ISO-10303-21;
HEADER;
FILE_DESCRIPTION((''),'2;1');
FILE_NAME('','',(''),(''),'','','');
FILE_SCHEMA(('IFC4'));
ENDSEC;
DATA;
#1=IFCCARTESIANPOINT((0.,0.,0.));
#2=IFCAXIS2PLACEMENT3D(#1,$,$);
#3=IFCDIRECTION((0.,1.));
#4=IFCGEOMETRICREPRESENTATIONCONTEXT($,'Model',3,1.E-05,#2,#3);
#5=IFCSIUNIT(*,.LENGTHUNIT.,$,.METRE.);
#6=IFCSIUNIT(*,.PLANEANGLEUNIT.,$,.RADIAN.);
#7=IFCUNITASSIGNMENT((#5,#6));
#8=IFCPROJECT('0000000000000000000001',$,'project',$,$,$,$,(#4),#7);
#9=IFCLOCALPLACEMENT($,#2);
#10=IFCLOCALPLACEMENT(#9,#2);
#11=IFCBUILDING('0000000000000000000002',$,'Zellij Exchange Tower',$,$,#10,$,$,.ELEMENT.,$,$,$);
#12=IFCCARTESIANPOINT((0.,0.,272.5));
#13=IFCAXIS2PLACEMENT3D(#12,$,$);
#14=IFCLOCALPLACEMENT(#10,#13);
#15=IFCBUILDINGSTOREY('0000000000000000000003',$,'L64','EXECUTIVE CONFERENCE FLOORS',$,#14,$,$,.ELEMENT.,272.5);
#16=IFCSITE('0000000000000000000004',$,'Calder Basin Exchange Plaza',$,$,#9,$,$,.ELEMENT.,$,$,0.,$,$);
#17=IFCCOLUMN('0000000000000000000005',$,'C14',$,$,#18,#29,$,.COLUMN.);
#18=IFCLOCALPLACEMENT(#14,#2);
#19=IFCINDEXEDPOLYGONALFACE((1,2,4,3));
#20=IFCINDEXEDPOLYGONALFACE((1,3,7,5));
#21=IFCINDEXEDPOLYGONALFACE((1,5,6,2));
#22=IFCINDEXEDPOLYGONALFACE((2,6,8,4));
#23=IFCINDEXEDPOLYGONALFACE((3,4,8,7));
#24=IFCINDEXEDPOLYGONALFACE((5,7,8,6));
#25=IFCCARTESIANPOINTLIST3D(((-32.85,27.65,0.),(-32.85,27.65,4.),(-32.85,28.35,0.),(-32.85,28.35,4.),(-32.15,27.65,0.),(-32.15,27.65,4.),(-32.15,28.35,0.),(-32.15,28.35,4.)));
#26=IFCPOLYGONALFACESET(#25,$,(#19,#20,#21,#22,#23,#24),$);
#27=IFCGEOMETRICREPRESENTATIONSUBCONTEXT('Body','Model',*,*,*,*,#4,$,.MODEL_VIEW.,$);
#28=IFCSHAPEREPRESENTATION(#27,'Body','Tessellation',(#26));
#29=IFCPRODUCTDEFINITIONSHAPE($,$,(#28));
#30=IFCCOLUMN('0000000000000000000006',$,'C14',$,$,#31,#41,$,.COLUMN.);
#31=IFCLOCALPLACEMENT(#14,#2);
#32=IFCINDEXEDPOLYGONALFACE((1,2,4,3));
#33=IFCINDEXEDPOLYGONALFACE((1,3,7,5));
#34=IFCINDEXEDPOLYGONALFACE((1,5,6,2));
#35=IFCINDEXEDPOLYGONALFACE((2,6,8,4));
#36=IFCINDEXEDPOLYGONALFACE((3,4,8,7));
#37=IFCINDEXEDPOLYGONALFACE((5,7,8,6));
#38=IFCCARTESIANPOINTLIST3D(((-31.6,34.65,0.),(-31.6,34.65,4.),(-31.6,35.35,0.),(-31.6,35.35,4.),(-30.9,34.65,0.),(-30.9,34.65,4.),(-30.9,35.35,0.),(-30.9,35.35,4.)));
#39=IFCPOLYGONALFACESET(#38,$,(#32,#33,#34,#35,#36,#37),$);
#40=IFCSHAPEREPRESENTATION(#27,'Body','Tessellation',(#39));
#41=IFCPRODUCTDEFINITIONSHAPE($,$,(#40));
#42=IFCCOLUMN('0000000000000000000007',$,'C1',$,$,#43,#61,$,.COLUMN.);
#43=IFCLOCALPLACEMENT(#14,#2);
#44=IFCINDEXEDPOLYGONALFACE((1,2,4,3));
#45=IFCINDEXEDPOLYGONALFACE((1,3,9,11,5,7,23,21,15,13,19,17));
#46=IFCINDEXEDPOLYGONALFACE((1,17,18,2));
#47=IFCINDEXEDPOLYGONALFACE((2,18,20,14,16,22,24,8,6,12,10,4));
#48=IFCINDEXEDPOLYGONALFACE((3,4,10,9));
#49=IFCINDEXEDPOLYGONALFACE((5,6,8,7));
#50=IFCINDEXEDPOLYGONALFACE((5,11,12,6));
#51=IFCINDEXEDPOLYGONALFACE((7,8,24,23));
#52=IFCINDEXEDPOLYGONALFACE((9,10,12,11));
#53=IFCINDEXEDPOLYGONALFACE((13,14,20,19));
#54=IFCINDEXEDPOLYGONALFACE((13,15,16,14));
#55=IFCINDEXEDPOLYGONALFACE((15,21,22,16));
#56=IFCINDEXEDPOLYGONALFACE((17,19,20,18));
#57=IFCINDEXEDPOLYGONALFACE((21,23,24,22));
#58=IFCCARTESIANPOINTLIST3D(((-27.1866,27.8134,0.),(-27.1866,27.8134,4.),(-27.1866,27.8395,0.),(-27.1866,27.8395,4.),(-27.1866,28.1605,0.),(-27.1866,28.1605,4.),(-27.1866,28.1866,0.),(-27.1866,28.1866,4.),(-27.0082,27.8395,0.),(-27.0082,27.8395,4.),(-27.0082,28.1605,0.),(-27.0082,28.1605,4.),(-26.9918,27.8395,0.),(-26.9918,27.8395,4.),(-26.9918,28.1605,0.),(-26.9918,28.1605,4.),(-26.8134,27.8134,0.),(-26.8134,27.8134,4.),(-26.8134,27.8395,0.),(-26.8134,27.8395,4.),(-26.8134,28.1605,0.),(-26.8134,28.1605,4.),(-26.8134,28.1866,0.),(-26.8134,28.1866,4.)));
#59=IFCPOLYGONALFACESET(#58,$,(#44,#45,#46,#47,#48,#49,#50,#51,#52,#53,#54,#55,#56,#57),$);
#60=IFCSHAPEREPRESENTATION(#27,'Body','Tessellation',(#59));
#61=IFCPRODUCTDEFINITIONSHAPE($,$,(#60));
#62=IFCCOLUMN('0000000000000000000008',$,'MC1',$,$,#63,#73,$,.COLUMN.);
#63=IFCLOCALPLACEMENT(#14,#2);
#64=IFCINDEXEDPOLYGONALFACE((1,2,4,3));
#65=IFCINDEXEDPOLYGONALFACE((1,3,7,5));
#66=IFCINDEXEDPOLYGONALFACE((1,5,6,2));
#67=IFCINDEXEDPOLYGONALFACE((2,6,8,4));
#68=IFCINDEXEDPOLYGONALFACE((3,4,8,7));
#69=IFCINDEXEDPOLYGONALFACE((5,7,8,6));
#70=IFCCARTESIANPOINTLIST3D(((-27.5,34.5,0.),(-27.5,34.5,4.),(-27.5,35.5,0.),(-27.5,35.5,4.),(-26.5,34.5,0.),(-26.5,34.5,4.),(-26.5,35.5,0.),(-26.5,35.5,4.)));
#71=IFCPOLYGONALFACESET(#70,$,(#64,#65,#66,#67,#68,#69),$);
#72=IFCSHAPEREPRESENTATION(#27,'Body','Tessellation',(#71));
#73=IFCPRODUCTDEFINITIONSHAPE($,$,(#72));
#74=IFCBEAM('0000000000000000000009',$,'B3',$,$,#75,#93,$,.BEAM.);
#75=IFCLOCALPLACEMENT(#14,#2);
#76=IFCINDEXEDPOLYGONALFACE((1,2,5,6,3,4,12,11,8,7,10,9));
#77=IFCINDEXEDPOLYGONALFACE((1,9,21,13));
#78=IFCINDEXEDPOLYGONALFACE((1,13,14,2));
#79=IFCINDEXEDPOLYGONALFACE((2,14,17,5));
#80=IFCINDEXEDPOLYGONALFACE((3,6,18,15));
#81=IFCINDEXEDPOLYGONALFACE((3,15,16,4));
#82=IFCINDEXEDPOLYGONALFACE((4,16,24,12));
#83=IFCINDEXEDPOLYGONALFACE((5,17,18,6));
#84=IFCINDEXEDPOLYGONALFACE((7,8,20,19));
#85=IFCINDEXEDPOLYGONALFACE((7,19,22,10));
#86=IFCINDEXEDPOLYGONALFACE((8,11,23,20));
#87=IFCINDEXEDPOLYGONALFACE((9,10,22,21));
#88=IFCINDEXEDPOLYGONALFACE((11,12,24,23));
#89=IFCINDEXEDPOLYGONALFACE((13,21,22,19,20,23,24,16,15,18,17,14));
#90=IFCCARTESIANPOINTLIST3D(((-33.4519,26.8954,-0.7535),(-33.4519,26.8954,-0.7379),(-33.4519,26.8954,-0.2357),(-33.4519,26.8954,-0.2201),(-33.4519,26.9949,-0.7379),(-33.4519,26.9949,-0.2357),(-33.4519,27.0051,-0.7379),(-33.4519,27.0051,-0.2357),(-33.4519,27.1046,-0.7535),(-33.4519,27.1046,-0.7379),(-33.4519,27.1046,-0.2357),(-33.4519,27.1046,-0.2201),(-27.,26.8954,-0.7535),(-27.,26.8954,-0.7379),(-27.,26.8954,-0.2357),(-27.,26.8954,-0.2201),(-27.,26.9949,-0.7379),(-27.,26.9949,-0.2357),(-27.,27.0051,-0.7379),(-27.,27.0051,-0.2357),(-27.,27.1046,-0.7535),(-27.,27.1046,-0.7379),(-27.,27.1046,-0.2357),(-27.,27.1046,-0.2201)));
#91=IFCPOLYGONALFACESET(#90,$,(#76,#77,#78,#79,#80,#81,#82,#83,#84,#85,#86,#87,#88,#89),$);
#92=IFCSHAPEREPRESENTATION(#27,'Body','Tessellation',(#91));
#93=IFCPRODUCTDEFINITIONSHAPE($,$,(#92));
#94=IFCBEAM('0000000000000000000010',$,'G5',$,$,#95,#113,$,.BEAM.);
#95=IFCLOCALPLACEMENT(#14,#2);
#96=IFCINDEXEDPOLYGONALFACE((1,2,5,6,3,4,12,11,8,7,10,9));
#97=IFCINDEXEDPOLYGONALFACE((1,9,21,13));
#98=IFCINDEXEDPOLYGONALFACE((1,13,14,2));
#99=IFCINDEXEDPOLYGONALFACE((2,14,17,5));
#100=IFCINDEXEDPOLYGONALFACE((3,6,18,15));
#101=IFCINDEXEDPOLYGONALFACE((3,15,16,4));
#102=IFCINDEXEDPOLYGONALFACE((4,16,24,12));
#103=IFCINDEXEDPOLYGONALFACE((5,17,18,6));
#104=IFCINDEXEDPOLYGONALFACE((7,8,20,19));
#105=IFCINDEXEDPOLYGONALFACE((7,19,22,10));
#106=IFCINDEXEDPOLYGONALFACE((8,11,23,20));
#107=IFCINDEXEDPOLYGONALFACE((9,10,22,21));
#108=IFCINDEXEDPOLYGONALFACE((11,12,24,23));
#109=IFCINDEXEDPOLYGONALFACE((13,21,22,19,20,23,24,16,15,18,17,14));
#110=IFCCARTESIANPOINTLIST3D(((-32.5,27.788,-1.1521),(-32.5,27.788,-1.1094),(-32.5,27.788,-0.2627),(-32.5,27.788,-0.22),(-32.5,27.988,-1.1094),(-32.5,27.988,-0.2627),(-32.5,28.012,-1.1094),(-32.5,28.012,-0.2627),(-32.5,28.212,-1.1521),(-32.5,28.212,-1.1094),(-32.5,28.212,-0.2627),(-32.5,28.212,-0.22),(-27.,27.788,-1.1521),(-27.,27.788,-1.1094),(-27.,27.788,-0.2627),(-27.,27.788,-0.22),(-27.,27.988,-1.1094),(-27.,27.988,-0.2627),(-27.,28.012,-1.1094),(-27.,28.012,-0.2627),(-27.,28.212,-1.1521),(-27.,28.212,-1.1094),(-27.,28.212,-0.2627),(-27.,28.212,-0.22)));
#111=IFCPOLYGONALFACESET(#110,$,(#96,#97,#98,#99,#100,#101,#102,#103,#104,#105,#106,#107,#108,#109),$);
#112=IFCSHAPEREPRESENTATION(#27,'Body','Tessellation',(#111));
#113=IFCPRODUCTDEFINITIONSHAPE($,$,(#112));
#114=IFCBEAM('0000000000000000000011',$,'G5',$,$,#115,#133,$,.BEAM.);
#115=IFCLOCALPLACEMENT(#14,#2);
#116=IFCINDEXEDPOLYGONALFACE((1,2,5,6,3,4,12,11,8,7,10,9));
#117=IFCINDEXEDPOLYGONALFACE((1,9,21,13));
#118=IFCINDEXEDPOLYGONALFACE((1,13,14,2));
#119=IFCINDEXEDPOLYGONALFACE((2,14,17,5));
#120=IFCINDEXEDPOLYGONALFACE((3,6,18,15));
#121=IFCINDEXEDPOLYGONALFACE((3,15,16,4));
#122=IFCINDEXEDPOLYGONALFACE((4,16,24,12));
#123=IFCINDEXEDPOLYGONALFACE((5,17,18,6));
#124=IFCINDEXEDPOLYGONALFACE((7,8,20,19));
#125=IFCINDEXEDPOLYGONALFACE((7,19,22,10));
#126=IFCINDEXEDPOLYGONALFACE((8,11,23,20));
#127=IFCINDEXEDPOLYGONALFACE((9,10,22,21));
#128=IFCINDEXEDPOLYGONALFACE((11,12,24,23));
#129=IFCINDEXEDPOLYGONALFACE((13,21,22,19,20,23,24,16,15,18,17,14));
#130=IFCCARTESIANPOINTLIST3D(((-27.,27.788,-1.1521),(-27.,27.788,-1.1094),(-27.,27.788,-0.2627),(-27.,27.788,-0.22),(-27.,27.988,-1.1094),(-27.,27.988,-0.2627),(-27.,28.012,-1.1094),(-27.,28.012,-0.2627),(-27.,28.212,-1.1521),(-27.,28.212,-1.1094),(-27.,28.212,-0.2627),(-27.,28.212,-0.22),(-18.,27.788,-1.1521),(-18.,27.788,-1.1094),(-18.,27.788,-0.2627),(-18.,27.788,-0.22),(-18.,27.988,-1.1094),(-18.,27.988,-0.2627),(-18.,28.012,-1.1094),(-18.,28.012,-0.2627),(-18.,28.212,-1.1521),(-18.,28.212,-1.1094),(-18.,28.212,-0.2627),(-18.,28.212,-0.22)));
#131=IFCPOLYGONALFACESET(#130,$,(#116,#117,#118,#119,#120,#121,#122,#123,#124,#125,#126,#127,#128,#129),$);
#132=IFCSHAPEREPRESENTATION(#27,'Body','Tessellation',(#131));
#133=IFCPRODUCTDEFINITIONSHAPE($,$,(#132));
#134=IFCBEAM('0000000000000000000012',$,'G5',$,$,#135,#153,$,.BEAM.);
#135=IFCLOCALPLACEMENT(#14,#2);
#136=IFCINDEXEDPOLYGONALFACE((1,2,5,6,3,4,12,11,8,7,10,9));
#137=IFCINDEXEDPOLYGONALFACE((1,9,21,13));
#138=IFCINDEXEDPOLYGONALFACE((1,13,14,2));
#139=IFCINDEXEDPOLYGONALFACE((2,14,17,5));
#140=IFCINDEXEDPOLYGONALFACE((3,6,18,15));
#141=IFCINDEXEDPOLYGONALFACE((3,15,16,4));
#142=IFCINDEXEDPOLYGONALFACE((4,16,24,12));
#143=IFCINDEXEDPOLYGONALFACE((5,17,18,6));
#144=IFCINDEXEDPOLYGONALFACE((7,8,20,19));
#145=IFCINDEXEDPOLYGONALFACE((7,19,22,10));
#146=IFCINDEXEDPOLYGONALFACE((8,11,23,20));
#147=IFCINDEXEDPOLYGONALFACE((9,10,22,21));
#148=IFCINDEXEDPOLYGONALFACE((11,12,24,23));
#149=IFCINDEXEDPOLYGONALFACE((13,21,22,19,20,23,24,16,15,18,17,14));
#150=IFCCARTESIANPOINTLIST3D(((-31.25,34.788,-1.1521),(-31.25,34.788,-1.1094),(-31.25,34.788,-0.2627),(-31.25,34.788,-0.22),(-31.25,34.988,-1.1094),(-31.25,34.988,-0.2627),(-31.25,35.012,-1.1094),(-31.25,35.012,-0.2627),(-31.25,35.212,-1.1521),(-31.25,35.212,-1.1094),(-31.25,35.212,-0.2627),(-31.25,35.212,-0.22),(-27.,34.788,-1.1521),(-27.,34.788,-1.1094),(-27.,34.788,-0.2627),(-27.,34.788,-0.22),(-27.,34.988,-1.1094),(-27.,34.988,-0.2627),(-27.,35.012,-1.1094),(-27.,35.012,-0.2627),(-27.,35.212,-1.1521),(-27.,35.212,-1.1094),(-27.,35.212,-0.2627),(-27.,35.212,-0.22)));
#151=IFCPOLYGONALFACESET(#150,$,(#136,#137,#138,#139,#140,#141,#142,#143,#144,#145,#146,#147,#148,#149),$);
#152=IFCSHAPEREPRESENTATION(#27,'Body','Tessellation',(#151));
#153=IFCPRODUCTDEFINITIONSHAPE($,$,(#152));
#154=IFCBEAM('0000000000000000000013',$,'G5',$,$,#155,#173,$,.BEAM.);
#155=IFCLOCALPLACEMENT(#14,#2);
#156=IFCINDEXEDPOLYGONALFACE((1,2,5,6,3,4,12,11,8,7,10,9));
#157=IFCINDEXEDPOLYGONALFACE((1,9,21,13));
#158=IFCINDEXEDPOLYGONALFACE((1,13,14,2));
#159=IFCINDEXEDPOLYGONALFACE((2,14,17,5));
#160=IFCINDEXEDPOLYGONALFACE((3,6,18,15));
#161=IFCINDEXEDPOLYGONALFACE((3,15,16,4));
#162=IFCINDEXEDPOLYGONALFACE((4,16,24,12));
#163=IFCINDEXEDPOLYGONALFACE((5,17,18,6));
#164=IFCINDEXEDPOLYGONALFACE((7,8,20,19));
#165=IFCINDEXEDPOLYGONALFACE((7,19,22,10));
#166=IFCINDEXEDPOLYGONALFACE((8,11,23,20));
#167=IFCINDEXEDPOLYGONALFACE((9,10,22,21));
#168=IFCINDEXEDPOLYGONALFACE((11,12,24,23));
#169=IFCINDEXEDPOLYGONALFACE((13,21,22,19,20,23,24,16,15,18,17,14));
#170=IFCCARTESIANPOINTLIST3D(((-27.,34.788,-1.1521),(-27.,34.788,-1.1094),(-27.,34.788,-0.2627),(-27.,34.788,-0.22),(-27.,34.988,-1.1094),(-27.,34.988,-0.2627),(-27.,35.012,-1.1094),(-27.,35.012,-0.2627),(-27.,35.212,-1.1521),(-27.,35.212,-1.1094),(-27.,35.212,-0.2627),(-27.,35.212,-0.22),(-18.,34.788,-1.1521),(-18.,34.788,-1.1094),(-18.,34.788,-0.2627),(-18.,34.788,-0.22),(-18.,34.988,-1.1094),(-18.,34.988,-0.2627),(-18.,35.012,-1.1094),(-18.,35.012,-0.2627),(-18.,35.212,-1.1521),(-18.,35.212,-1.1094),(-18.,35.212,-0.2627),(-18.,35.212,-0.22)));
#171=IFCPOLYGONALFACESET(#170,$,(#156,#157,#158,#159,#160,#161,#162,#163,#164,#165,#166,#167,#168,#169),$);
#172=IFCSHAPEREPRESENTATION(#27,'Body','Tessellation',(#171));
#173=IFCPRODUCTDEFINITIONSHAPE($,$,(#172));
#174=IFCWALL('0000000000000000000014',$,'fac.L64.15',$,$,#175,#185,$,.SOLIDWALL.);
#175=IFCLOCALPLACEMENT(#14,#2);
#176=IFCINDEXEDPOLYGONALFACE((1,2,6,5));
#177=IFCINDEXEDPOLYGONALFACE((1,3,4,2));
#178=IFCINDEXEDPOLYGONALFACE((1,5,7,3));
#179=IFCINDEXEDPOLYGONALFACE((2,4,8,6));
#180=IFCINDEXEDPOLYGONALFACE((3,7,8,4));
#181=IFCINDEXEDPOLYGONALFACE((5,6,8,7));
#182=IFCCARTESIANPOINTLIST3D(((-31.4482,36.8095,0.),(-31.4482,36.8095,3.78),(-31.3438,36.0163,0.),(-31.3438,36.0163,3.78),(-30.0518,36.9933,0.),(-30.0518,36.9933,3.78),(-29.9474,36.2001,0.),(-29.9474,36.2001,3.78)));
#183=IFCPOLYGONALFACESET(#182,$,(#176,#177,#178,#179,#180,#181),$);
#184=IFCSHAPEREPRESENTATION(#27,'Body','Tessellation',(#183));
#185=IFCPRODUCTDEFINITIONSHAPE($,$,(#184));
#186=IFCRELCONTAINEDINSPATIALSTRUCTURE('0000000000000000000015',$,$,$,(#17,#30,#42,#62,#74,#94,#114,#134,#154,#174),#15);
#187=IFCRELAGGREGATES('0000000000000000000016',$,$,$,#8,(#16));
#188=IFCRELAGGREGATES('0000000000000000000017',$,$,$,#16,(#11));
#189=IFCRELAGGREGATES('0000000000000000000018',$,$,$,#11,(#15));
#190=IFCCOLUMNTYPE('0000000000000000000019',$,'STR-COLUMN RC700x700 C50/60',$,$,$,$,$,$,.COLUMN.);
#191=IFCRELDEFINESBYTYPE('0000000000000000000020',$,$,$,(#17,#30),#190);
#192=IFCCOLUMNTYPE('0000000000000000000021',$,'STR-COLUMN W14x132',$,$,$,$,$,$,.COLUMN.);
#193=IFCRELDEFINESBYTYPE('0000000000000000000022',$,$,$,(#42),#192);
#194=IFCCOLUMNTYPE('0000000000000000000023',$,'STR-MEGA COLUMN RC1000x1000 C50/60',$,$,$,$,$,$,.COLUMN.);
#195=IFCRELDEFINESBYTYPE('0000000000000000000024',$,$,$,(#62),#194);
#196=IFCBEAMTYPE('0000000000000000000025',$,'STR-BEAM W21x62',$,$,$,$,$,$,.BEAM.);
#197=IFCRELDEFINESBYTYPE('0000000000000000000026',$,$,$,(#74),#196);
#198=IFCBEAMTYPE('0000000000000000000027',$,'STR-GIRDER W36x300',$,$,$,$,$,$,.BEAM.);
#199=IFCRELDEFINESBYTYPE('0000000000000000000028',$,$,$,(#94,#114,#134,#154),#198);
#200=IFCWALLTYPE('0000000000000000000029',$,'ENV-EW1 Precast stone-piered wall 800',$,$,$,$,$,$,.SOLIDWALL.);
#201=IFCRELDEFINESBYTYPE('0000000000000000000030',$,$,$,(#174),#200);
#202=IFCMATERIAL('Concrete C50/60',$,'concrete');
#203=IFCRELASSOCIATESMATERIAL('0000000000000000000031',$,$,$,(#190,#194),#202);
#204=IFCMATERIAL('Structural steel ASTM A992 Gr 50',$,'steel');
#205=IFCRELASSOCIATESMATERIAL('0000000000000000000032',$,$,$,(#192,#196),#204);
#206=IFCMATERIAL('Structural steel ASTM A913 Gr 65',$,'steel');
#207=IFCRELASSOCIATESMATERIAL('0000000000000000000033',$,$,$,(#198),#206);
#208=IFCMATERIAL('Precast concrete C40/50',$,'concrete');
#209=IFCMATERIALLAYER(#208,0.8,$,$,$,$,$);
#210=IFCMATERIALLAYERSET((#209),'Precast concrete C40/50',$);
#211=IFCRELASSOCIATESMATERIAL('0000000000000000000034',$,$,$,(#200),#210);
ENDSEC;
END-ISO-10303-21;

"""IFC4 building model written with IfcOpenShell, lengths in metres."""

from ifc_helpers import new_model, si_unit, direction, frame, frame_2d, origin, origin_2d, place, context, subcontext, project, spatial, rectangle, i_section, extrude, material, layer, layer_set, material_profile, profile_set, type_object, element, save


model = new_model("IFC4")

# Units and contexts
model_context = context("Model", 3, precision=1e-05, world=origin(), true_north=direction((0.0, 1.0)))
body_context = subcontext(model_context, "Body", "Model", "MODEL_VIEW")
ifc_project = project(units=[si_unit("LENGTHUNIT", "METRE"), si_unit("PLANEANGLEUNIT", "RADIAN")], contexts=[model_context])

# Site, building, storey
site_placement = place(None, origin())
site = spatial("IfcSite", under=ifc_project, at=site_placement, Name="Calder Basin Exchange Plaza", CompositionType="ELEMENT", RefElevation=0.0)
building_placement = place(site_placement, origin())
building = spatial("IfcBuilding", under=site, at=building_placement, Name="Zellij Exchange Tower", CompositionType="ELEMENT")
storey_placement = place(building_placement, frame((0.0, 0.0, 272.5)))
storey = spatial("IfcBuildingStorey", under=building, at=storey_placement, Name="L64", Description="EXECUTIVE CONFERENCE FLOORS", CompositionType="ELEMENT", Elevation=272.5)

# Columns
ifc_material_1 = material(Name="Concrete C50/60", Category="concrete")
ifc_material_profile_1 = material_profile(ifc_material_1, rectangle(XDim=0.7, YDim=0.7, at=origin_2d()), Name="STR-COLUMN RC700x700 C50/60")
ifc_profile_set_1 = profile_set([ifc_material_profile_1], Name="Concrete C50/60")
column_type_1 = type_object("IfcColumnType", Name="STR-COLUMN RC700x700 C50/60", PredefinedType="COLUMN", material=ifc_profile_set_1)
for number, where, z_axis, x_axis, name in (
    (1, (-32.5, 28.0, 0.0), (0.0, 0.0, 1.0), (1.0, 0.0, 0.0), "C14"),
    (2, (-31.25, 35.0, 0.0), (0.0, 0.0, 1.0), (1.0, 0.0, 0.0), "C14"),
):
    element("IfcColumn", number, at=place(storey_placement, frame(where, z_axis=z_axis, x_axis=x_axis)), inside=storey, type_object=column_type_1, Name=name, PredefinedType="COLUMN", context=body_context, shape_type="SweptSolid", body=[
        extrude(rectangle(XDim=0.7, YDim=0.7, at=origin_2d()), origin(), (0.0, 0.0, 1.0), 4.0),
    ])
ifc_material_2 = material(Name="Structural steel ASTM A992 Gr 50", Category="steel")
ifc_material_profile_2 = material_profile(ifc_material_2, i_section(OverallWidth=0.3733, OverallDepth=0.3733, WebThickness=0.0164, FlangeThickness=0.0261, at=origin_2d()), Name="W14x132")
ifc_profile_set_2 = profile_set([ifc_material_profile_2], Name="Structural steel ASTM A992 Gr 50")
column_type_2 = type_object("IfcColumnType", Name="STR-COLUMN W14x132", PredefinedType="COLUMN", material=ifc_profile_set_2)
column_1_placement = place(storey_placement, frame((-27.0, 28.0, 0.0), z_axis=(0.0, 0.0, 1.0), x_axis=(1.0, 0.0, 0.0)))
element("IfcColumn", 3, at=column_1_placement, inside=storey, type_object=column_type_2, Name="C1", PredefinedType="COLUMN", context=body_context, shape_type="SweptSolid", body=[
    extrude(i_section(OverallWidth=0.3733, OverallDepth=0.3733, WebThickness=0.0164, FlangeThickness=0.0261, at=origin_2d()), origin(), (0.0, 0.0, 1.0), 4.0),
])
ifc_material_profile_3 = material_profile(ifc_material_1, rectangle(XDim=1.0, YDim=1.0, at=origin_2d()), Name="STR-MEGA COLUMN RC1000x1000 C50/60")
ifc_profile_set_3 = profile_set([ifc_material_profile_3], Name="Concrete C50/60")
column_type_3 = type_object("IfcColumnType", Name="STR-MEGA COLUMN RC1000x1000 C50/60", PredefinedType="COLUMN", material=ifc_profile_set_3)
column_2_placement = place(storey_placement, frame((-27.0, 35.0, 0.0), z_axis=(0.0, 0.0, 1.0), x_axis=(1.0, 0.0, 0.0)))
element("IfcColumn", 4, at=column_2_placement, inside=storey, type_object=column_type_3, Name="MC1", PredefinedType="COLUMN", context=body_context, shape_type="SweptSolid", body=[
    extrude(rectangle(XDim=1.0, YDim=1.0, at=origin_2d()), origin(), (0.0, 0.0, 1.0), 4.0),
])

# Beams
ifc_material_profile_4 = material_profile(ifc_material_2, i_section(OverallWidth=0.2092, OverallDepth=0.5334, WebThickness=0.0103, FlangeThickness=0.0156, at=origin_2d()), Name="W21x62")
ifc_profile_set_4 = profile_set([ifc_material_profile_4], Name="Structural steel ASTM A992 Gr 50")
beam_type_1 = type_object("IfcBeamType", Name="STR-BEAM W21x62", PredefinedType="BEAM", material=ifc_profile_set_4)
beam_1_placement = place(storey_placement, frame((-33.4519, 27.0, -0.4868), z_axis=(1.0, 0.0, 0.0), x_axis=(0.0, 1.0, 0.0)))
element("IfcBeam", 5, at=beam_1_placement, inside=storey, type_object=beam_type_1, Name="B3", PredefinedType="BEAM", context=body_context, shape_type="SweptSolid", body=[
    extrude(i_section(OverallWidth=0.2092, OverallDepth=0.5334, WebThickness=0.0103, FlangeThickness=0.0156, at=origin_2d()), origin(), (0.0, 0.0, 1.0), 6.4519),
])
ifc_material_3 = material(Name="Structural steel ASTM A913 Gr 65", Category="steel")
ifc_material_profile_5 = material_profile(ifc_material_3, i_section(OverallWidth=0.4241, OverallDepth=0.9321, WebThickness=0.0239, FlangeThickness=0.0427, at=origin_2d()), Name="W36x300")
ifc_profile_set_5 = profile_set([ifc_material_profile_5], Name="Structural steel ASTM A913 Gr 65")
beam_type_2 = type_object("IfcBeamType", Name="STR-GIRDER W36x300", PredefinedType="BEAM", material=ifc_profile_set_5)
beam_2_placement = place(storey_placement, frame((-32.5, 28.0, -0.686), z_axis=(1.0, 0.0, 0.0), x_axis=(0.0, 1.0, 0.0)))
element("IfcBeam", 6, at=beam_2_placement, inside=storey, type_object=beam_type_2, Name="G5", PredefinedType="BEAM", context=body_context, shape_type="SweptSolid", body=[
    extrude(i_section(OverallWidth=0.4241, OverallDepth=0.9321, WebThickness=0.0239, FlangeThickness=0.0427, at=origin_2d()), origin(), (0.0, 0.0, 1.0), 5.5),
])
beam_3_placement = place(storey_placement, frame((-27.0, 28.0, -0.686), z_axis=(1.0, 0.0, 0.0), x_axis=(0.0, 1.0, 0.0)))
element("IfcBeam", 7, at=beam_3_placement, inside=storey, type_object=beam_type_2, Name="G5", PredefinedType="BEAM", context=body_context, shape_type="SweptSolid", body=[
    extrude(i_section(OverallWidth=0.4241, OverallDepth=0.9321, WebThickness=0.0239, FlangeThickness=0.0427, at=origin_2d()), origin(), (0.0, 0.0, 1.0), 9.0),
])
beam_4_placement = place(storey_placement, frame((-31.25, 35.0, -0.686), z_axis=(1.0, 0.0, 0.0), x_axis=(0.0, 1.0, 0.0)))
element("IfcBeam", 8, at=beam_4_placement, inside=storey, type_object=beam_type_2, Name="G5", PredefinedType="BEAM", context=body_context, shape_type="SweptSolid", body=[
    extrude(i_section(OverallWidth=0.4241, OverallDepth=0.9321, WebThickness=0.0239, FlangeThickness=0.0427, at=origin_2d()), origin(), (0.0, 0.0, 1.0), 4.25),
])
beam_5_placement = place(storey_placement, frame((-27.0, 35.0, -0.686), z_axis=(1.0, 0.0, 0.0), x_axis=(0.0, 1.0, 0.0)))
element("IfcBeam", 9, at=beam_5_placement, inside=storey, type_object=beam_type_2, Name="G5", PredefinedType="BEAM", context=body_context, shape_type="SweptSolid", body=[
    extrude(i_section(OverallWidth=0.4241, OverallDepth=0.9321, WebThickness=0.0239, FlangeThickness=0.0427, at=origin_2d()), origin(), (0.0, 0.0, 1.0), 9.0),
])

# Wall
ifc_material_4 = material(Name="Precast concrete C40/50", Category="concrete")
ifc_layer_1 = layer(ifc_material_4, 0.8)
ifc_layer_set_1 = layer_set([ifc_layer_1], Name="Precast concrete C40/50")
wall_type_1 = type_object("IfcWallType", Name="ENV-EW1 Precast stone-piered wall 800", PredefinedType="SOLIDWALL", material=ifc_layer_set_1)
wall_1_placement = place(storey_placement, frame((-29.9998, 36.5967, 0.0), z_axis=(0.0, 0.0, 1.0), x_axis=(-0.991446, -0.130517, 0.0)))
element("IfcWall", 10, at=wall_1_placement, inside=storey, type_object=wall_type_1, Name="fac.L64.15", PredefinedType="SOLIDWALL", context=body_context, shape_type="SweptSolid", body=[
    extrude(rectangle(XDim=1.4084, YDim=0.8, at=frame_2d((0.7041, 0.0))), origin(), (0.0, 0.0, 1.0), 3.78),
])

save(model, "model.ifc")
